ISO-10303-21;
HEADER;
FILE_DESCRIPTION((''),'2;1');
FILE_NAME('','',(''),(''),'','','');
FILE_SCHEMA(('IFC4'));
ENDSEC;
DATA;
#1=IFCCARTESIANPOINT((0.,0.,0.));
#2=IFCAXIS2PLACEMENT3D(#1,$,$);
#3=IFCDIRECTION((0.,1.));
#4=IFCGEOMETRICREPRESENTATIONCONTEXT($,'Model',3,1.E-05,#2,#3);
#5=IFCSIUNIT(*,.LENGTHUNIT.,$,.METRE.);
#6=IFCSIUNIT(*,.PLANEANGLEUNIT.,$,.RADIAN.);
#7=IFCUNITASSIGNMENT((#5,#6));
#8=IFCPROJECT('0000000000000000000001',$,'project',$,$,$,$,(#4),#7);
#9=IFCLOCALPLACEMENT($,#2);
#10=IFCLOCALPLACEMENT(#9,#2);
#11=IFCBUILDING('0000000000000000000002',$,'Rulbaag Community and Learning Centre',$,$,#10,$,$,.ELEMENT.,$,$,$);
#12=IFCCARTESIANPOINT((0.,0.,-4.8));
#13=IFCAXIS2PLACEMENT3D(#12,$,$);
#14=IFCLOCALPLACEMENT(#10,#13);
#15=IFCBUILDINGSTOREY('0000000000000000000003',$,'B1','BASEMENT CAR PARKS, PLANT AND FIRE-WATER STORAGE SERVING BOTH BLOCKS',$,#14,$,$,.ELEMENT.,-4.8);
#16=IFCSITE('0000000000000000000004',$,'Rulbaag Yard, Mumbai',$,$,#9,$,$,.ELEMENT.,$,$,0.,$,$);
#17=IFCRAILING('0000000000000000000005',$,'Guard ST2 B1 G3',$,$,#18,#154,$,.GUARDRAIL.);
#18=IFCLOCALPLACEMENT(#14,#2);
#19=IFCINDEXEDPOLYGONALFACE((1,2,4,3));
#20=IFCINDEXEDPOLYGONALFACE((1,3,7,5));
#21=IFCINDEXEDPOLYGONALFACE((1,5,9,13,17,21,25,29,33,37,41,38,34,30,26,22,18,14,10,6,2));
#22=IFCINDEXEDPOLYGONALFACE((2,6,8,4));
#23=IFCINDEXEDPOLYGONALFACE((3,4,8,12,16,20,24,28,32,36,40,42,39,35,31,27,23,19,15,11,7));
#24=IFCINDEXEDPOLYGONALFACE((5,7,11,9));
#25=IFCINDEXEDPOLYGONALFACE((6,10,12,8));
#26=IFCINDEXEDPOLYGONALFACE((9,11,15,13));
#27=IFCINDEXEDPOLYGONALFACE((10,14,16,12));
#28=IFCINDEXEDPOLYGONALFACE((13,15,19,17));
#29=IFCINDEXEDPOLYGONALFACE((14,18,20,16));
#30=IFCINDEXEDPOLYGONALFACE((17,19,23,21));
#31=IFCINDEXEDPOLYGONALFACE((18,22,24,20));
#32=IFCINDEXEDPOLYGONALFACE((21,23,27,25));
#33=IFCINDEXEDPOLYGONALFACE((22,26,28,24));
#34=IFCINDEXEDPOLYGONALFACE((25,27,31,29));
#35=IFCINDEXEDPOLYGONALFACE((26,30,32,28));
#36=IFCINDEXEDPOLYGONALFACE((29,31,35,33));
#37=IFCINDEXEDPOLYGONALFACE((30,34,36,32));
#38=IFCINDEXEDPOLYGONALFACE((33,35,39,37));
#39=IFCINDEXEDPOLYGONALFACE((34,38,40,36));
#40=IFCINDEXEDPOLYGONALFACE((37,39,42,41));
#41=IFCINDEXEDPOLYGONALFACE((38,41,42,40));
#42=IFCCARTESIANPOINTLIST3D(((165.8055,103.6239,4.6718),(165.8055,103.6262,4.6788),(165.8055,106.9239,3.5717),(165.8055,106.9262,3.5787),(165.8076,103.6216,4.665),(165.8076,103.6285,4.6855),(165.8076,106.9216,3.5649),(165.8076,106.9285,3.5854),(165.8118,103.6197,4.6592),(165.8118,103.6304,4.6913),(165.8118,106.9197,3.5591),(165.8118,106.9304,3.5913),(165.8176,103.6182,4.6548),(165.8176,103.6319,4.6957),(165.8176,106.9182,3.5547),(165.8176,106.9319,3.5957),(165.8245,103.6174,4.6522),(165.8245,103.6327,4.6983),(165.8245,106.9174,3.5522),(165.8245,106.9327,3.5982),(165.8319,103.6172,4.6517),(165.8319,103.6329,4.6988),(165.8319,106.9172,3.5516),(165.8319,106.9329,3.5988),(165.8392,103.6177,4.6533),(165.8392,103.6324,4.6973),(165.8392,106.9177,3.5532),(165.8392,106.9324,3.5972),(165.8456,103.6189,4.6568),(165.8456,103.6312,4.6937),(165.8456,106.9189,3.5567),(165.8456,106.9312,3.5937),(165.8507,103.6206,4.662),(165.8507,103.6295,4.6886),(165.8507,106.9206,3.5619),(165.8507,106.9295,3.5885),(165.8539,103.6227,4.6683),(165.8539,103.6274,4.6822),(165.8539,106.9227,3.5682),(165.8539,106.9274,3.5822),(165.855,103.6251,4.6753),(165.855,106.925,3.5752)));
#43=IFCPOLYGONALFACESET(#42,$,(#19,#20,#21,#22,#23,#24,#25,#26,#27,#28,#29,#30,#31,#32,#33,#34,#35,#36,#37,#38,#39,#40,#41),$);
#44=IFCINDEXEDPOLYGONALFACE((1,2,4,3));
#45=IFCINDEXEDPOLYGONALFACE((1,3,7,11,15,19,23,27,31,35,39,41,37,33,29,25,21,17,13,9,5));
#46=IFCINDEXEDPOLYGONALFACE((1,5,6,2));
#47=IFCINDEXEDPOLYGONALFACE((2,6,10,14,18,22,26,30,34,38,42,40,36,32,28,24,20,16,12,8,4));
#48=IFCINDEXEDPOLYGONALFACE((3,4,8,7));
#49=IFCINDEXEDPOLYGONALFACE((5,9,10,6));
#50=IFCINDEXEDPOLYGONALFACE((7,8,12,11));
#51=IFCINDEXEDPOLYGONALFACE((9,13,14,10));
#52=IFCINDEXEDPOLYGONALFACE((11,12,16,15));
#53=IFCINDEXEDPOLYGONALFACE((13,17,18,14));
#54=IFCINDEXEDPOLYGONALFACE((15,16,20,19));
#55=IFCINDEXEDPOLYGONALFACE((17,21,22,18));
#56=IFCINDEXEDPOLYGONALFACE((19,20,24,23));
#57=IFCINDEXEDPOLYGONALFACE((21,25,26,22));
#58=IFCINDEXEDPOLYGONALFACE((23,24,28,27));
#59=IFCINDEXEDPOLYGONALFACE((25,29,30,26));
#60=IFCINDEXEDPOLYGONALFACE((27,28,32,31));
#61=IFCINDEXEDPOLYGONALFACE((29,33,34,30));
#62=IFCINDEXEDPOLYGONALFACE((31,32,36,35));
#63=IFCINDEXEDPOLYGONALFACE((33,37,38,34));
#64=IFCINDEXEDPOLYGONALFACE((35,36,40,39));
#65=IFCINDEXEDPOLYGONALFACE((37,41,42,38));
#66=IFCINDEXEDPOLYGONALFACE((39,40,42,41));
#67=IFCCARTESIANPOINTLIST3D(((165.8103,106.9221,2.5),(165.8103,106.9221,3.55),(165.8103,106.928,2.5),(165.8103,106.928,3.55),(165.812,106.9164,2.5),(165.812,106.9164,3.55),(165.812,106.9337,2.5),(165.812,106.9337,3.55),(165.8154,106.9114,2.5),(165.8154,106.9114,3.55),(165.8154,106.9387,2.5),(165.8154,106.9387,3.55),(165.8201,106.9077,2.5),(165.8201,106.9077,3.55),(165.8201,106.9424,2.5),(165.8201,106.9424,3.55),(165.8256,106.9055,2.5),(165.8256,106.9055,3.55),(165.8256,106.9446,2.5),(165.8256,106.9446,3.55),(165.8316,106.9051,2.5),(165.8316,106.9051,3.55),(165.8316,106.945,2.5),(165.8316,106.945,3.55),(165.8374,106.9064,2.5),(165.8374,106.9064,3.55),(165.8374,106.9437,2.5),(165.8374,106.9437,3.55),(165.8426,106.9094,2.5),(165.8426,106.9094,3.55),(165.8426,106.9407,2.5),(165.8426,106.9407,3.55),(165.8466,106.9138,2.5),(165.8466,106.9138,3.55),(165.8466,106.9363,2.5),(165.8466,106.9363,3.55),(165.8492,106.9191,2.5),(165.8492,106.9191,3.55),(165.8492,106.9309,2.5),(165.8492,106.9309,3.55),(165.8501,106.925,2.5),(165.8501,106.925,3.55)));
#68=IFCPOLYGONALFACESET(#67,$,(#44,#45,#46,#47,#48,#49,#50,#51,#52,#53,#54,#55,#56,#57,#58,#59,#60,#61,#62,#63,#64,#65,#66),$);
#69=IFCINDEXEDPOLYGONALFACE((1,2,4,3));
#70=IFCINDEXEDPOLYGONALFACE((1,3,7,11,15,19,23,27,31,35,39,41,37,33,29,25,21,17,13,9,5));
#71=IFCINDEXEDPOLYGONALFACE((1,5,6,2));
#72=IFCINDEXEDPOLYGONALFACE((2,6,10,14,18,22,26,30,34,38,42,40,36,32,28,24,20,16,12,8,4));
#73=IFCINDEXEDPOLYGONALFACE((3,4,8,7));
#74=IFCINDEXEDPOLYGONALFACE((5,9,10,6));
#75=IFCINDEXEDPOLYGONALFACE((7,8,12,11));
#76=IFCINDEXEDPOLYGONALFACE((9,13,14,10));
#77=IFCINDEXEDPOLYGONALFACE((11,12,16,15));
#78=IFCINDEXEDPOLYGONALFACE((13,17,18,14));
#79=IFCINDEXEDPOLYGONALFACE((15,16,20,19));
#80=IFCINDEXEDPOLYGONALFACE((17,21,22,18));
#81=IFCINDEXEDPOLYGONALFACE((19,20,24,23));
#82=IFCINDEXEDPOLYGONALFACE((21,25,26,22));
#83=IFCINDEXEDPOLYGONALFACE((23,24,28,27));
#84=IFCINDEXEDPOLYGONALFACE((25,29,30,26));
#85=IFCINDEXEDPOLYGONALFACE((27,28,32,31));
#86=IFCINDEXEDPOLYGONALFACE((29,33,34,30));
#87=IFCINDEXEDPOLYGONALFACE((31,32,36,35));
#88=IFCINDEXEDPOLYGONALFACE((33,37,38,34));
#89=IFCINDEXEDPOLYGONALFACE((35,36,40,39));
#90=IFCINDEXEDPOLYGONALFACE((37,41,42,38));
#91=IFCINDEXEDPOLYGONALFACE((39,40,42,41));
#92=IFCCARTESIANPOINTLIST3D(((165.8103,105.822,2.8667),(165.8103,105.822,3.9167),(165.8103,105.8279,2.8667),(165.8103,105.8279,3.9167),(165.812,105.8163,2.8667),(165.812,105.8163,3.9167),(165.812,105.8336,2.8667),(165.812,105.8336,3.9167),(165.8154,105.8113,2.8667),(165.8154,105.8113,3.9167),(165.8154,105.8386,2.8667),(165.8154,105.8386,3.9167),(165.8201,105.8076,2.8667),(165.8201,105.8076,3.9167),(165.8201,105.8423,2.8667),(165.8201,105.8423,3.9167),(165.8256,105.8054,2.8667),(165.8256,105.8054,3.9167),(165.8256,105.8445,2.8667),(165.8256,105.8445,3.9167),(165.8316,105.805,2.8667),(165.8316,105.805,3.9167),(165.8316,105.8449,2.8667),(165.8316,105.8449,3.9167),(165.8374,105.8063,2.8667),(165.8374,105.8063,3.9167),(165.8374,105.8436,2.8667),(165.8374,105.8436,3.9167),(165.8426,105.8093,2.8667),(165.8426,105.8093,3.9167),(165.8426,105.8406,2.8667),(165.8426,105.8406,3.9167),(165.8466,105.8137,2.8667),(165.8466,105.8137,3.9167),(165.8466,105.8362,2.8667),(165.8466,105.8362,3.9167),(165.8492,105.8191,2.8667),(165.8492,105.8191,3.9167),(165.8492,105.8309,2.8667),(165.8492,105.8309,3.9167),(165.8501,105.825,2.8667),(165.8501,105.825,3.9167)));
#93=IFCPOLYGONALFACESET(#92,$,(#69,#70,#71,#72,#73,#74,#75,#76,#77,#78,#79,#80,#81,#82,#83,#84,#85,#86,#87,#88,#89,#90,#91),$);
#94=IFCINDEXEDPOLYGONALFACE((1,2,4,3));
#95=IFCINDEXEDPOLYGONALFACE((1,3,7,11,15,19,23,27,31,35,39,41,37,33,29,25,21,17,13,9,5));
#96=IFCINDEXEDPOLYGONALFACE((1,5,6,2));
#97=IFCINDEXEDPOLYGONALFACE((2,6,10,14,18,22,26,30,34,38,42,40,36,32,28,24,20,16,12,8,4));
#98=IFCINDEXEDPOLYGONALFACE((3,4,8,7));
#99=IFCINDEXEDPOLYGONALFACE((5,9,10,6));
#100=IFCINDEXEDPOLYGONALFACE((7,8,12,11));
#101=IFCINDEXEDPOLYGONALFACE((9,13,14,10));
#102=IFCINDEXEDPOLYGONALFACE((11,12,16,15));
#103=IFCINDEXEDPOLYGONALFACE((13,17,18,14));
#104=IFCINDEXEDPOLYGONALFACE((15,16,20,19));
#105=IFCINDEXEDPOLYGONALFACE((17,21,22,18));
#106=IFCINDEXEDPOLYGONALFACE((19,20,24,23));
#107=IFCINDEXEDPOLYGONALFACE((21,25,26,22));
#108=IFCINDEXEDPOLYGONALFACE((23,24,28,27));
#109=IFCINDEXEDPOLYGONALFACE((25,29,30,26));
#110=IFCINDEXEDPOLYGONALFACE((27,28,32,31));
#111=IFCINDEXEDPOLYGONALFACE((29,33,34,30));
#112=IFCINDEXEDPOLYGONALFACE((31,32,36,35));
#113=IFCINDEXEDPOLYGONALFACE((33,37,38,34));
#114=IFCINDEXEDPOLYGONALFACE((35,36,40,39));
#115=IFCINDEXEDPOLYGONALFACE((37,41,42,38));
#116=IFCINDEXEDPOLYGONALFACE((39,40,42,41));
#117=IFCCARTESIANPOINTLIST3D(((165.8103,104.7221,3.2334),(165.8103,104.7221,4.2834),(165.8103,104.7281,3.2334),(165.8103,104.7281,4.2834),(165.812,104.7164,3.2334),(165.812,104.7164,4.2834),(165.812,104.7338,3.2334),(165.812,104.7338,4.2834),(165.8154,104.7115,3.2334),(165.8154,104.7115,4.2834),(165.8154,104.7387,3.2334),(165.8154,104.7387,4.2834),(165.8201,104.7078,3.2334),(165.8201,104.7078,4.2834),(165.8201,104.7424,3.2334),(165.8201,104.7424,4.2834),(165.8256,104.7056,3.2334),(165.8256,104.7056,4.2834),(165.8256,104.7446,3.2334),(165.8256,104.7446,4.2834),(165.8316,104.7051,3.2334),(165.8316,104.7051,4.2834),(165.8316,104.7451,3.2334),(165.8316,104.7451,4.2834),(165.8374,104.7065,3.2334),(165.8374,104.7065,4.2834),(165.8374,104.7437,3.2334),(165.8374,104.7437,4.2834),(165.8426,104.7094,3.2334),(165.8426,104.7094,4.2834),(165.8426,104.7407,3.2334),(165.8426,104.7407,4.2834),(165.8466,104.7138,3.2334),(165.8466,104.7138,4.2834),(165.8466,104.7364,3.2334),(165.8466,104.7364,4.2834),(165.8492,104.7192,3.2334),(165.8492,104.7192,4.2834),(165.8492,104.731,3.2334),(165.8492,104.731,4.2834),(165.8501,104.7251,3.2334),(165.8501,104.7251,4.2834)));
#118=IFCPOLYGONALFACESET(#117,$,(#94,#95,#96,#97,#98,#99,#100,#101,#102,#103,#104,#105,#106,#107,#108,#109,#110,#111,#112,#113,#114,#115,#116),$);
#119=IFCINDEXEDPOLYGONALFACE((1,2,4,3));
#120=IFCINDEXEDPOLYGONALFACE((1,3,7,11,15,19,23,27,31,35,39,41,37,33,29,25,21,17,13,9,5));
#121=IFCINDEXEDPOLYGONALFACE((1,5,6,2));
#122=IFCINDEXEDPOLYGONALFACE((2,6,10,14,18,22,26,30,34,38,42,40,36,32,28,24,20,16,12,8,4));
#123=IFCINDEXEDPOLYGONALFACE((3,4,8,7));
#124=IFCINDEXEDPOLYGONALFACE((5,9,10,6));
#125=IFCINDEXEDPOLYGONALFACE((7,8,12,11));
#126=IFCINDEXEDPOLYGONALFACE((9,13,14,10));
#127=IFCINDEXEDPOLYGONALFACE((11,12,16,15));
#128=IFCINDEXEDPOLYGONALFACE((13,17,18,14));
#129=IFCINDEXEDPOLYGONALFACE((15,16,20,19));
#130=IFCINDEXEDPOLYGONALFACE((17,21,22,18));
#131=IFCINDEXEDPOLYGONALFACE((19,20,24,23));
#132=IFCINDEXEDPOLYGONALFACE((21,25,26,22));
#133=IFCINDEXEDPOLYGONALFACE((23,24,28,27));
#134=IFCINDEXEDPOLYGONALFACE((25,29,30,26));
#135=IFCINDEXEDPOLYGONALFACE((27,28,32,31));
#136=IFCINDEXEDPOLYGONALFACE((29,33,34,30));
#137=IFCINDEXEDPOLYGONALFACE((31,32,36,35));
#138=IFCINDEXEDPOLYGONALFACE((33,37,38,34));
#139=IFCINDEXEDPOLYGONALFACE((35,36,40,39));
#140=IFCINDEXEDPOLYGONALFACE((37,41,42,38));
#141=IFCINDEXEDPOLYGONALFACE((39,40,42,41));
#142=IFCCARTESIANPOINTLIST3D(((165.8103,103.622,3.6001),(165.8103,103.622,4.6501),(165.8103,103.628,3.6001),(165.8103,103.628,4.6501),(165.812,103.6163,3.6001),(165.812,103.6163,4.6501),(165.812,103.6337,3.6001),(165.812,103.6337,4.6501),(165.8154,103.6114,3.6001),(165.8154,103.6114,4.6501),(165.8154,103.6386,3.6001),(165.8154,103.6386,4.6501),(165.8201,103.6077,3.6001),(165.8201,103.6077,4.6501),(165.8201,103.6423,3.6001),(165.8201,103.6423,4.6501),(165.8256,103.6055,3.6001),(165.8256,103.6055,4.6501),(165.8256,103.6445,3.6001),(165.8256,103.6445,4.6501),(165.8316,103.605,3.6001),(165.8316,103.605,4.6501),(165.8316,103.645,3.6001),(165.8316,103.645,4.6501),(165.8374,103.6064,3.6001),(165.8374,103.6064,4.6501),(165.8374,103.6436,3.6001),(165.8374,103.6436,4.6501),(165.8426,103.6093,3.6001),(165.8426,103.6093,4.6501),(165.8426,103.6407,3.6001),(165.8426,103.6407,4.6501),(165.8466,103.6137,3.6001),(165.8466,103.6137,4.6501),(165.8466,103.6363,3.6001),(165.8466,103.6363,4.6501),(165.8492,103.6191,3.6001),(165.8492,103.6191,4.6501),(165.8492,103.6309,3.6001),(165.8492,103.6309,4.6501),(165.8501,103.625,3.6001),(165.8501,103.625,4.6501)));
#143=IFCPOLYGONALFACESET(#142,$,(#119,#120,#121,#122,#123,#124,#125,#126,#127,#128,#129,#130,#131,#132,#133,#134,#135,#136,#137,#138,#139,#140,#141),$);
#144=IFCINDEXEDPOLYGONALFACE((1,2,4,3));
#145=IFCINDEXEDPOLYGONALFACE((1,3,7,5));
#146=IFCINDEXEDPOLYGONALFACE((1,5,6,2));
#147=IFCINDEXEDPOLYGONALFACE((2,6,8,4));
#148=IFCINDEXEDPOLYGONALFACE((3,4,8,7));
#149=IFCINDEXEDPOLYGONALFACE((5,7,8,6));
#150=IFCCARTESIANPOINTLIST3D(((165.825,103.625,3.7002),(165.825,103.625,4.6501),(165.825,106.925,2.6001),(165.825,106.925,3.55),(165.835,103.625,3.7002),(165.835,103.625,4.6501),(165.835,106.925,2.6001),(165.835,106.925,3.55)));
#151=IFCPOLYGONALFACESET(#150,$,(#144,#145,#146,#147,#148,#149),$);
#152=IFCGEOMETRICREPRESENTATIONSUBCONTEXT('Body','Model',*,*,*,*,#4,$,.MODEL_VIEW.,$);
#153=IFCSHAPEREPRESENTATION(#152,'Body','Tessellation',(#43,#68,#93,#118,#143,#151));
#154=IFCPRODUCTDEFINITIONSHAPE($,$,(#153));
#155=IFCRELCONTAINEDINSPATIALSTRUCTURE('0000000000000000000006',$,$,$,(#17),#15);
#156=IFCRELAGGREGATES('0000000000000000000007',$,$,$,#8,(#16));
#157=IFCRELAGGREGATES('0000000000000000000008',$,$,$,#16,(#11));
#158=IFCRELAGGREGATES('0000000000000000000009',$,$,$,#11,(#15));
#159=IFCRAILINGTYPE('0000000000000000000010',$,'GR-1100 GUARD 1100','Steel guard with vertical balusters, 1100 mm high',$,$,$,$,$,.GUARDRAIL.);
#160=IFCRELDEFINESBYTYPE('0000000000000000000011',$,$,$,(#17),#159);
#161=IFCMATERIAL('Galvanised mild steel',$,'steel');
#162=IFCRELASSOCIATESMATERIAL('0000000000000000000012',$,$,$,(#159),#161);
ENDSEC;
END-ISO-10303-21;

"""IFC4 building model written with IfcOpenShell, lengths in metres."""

from ifc_helpers import new_model, si_unit, direction, frame, origin, origin_2d, place, context, subcontext, project, spatial, polyline, circle, outline, extrude, material, type_object, element, save


model = new_model("IFC4")

# Units and contexts
model_context = context("Model", 3, precision=1e-05, world=origin(), true_north=direction((0.0, 1.0)))
body_context = subcontext(model_context, "Body", "Model", "MODEL_VIEW")
ifc_project = project(units=[si_unit("LENGTHUNIT", "METRE"), si_unit("PLANEANGLEUNIT", "RADIAN")], contexts=[model_context])

# Site, building, storey
site_placement = place(None, origin())
site = spatial("IfcSite", under=ifc_project, at=site_placement, Name="Rulbaag Yard, Mumbai", CompositionType="ELEMENT", RefElevation=0.0)
building_placement = place(site_placement, origin())
building = spatial("IfcBuilding", under=site, at=building_placement, Name="Rulbaag Community and Learning Centre", CompositionType="ELEMENT")
storey_placement = place(building_placement, frame((0.0, 0.0, -4.8)))
storey = spatial("IfcBuildingStorey", under=building, at=storey_placement, Name="B1", Description="BASEMENT CAR PARKS, PLANT AND FIRE-WATER STORAGE SERVING BOTH BLOCKS", CompositionType="ELEMENT", Elevation=-4.8)

# Railing
ifc_material_1 = material(Name="Galvanised mild steel", Category="steel")
railing_type_1 = type_object("IfcRailingType", Name="GR-1100 GUARD 1100", Description="Steel guard with vertical balusters, 1100 mm high", PredefinedType="GUARDRAIL", material=ifc_material_1)
railing_1_placement = place(storey_placement, frame((165.8301, 106.925, 2.5)))
element("IfcRailing", 1, at=railing_1_placement, inside=storey, type_object=railing_type_1, Name="Guard ST2 B1 G3", PredefinedType="GUARDRAIL", context=body_context, shape_type="SweptSolid", body=[
    extrude(circle(Radius=0.0249, at=origin_2d()), frame((0.0, 0.0, 1.0752), z_axis=(0.0, -0.948676, 0.316249), x_axis=(1.0, 0.0, 0.0)), (0.0, 0.0, 1.0), 3.4785),
    extrude(circle(Radius=0.02, at=origin_2d()), origin(), (0.0, 0.0, 1.0), 1.05),
    extrude(circle(Radius=0.02, at=origin_2d()), frame((0.0, -1.1001, 0.3667)), (0.0, 0.0, 1.0), 1.05),
    extrude(circle(Radius=0.02, at=origin_2d()), frame((0.0, -2.2, 0.7334)), (0.0, 0.0, 1.0), 1.05),
    extrude(circle(Radius=0.02, at=origin_2d()), frame((0.0, -3.3, 1.1001)), (0.0, 0.0, 1.0), 1.05),
    extrude(outline(polyline([(0.0, 0.0), (3.3, 1.1001), (3.3, 2.05), (0.0, 0.95), (0.0, 0.0)])), frame((0.0049, 0.0, 0.1001), z_axis=(-1.0, 0.0, 0.0), x_axis=(0.0, -1.0, 0.0)), (0.0, 0.0, 1.0), 0.01),
])

save(model, "model.ifc")
